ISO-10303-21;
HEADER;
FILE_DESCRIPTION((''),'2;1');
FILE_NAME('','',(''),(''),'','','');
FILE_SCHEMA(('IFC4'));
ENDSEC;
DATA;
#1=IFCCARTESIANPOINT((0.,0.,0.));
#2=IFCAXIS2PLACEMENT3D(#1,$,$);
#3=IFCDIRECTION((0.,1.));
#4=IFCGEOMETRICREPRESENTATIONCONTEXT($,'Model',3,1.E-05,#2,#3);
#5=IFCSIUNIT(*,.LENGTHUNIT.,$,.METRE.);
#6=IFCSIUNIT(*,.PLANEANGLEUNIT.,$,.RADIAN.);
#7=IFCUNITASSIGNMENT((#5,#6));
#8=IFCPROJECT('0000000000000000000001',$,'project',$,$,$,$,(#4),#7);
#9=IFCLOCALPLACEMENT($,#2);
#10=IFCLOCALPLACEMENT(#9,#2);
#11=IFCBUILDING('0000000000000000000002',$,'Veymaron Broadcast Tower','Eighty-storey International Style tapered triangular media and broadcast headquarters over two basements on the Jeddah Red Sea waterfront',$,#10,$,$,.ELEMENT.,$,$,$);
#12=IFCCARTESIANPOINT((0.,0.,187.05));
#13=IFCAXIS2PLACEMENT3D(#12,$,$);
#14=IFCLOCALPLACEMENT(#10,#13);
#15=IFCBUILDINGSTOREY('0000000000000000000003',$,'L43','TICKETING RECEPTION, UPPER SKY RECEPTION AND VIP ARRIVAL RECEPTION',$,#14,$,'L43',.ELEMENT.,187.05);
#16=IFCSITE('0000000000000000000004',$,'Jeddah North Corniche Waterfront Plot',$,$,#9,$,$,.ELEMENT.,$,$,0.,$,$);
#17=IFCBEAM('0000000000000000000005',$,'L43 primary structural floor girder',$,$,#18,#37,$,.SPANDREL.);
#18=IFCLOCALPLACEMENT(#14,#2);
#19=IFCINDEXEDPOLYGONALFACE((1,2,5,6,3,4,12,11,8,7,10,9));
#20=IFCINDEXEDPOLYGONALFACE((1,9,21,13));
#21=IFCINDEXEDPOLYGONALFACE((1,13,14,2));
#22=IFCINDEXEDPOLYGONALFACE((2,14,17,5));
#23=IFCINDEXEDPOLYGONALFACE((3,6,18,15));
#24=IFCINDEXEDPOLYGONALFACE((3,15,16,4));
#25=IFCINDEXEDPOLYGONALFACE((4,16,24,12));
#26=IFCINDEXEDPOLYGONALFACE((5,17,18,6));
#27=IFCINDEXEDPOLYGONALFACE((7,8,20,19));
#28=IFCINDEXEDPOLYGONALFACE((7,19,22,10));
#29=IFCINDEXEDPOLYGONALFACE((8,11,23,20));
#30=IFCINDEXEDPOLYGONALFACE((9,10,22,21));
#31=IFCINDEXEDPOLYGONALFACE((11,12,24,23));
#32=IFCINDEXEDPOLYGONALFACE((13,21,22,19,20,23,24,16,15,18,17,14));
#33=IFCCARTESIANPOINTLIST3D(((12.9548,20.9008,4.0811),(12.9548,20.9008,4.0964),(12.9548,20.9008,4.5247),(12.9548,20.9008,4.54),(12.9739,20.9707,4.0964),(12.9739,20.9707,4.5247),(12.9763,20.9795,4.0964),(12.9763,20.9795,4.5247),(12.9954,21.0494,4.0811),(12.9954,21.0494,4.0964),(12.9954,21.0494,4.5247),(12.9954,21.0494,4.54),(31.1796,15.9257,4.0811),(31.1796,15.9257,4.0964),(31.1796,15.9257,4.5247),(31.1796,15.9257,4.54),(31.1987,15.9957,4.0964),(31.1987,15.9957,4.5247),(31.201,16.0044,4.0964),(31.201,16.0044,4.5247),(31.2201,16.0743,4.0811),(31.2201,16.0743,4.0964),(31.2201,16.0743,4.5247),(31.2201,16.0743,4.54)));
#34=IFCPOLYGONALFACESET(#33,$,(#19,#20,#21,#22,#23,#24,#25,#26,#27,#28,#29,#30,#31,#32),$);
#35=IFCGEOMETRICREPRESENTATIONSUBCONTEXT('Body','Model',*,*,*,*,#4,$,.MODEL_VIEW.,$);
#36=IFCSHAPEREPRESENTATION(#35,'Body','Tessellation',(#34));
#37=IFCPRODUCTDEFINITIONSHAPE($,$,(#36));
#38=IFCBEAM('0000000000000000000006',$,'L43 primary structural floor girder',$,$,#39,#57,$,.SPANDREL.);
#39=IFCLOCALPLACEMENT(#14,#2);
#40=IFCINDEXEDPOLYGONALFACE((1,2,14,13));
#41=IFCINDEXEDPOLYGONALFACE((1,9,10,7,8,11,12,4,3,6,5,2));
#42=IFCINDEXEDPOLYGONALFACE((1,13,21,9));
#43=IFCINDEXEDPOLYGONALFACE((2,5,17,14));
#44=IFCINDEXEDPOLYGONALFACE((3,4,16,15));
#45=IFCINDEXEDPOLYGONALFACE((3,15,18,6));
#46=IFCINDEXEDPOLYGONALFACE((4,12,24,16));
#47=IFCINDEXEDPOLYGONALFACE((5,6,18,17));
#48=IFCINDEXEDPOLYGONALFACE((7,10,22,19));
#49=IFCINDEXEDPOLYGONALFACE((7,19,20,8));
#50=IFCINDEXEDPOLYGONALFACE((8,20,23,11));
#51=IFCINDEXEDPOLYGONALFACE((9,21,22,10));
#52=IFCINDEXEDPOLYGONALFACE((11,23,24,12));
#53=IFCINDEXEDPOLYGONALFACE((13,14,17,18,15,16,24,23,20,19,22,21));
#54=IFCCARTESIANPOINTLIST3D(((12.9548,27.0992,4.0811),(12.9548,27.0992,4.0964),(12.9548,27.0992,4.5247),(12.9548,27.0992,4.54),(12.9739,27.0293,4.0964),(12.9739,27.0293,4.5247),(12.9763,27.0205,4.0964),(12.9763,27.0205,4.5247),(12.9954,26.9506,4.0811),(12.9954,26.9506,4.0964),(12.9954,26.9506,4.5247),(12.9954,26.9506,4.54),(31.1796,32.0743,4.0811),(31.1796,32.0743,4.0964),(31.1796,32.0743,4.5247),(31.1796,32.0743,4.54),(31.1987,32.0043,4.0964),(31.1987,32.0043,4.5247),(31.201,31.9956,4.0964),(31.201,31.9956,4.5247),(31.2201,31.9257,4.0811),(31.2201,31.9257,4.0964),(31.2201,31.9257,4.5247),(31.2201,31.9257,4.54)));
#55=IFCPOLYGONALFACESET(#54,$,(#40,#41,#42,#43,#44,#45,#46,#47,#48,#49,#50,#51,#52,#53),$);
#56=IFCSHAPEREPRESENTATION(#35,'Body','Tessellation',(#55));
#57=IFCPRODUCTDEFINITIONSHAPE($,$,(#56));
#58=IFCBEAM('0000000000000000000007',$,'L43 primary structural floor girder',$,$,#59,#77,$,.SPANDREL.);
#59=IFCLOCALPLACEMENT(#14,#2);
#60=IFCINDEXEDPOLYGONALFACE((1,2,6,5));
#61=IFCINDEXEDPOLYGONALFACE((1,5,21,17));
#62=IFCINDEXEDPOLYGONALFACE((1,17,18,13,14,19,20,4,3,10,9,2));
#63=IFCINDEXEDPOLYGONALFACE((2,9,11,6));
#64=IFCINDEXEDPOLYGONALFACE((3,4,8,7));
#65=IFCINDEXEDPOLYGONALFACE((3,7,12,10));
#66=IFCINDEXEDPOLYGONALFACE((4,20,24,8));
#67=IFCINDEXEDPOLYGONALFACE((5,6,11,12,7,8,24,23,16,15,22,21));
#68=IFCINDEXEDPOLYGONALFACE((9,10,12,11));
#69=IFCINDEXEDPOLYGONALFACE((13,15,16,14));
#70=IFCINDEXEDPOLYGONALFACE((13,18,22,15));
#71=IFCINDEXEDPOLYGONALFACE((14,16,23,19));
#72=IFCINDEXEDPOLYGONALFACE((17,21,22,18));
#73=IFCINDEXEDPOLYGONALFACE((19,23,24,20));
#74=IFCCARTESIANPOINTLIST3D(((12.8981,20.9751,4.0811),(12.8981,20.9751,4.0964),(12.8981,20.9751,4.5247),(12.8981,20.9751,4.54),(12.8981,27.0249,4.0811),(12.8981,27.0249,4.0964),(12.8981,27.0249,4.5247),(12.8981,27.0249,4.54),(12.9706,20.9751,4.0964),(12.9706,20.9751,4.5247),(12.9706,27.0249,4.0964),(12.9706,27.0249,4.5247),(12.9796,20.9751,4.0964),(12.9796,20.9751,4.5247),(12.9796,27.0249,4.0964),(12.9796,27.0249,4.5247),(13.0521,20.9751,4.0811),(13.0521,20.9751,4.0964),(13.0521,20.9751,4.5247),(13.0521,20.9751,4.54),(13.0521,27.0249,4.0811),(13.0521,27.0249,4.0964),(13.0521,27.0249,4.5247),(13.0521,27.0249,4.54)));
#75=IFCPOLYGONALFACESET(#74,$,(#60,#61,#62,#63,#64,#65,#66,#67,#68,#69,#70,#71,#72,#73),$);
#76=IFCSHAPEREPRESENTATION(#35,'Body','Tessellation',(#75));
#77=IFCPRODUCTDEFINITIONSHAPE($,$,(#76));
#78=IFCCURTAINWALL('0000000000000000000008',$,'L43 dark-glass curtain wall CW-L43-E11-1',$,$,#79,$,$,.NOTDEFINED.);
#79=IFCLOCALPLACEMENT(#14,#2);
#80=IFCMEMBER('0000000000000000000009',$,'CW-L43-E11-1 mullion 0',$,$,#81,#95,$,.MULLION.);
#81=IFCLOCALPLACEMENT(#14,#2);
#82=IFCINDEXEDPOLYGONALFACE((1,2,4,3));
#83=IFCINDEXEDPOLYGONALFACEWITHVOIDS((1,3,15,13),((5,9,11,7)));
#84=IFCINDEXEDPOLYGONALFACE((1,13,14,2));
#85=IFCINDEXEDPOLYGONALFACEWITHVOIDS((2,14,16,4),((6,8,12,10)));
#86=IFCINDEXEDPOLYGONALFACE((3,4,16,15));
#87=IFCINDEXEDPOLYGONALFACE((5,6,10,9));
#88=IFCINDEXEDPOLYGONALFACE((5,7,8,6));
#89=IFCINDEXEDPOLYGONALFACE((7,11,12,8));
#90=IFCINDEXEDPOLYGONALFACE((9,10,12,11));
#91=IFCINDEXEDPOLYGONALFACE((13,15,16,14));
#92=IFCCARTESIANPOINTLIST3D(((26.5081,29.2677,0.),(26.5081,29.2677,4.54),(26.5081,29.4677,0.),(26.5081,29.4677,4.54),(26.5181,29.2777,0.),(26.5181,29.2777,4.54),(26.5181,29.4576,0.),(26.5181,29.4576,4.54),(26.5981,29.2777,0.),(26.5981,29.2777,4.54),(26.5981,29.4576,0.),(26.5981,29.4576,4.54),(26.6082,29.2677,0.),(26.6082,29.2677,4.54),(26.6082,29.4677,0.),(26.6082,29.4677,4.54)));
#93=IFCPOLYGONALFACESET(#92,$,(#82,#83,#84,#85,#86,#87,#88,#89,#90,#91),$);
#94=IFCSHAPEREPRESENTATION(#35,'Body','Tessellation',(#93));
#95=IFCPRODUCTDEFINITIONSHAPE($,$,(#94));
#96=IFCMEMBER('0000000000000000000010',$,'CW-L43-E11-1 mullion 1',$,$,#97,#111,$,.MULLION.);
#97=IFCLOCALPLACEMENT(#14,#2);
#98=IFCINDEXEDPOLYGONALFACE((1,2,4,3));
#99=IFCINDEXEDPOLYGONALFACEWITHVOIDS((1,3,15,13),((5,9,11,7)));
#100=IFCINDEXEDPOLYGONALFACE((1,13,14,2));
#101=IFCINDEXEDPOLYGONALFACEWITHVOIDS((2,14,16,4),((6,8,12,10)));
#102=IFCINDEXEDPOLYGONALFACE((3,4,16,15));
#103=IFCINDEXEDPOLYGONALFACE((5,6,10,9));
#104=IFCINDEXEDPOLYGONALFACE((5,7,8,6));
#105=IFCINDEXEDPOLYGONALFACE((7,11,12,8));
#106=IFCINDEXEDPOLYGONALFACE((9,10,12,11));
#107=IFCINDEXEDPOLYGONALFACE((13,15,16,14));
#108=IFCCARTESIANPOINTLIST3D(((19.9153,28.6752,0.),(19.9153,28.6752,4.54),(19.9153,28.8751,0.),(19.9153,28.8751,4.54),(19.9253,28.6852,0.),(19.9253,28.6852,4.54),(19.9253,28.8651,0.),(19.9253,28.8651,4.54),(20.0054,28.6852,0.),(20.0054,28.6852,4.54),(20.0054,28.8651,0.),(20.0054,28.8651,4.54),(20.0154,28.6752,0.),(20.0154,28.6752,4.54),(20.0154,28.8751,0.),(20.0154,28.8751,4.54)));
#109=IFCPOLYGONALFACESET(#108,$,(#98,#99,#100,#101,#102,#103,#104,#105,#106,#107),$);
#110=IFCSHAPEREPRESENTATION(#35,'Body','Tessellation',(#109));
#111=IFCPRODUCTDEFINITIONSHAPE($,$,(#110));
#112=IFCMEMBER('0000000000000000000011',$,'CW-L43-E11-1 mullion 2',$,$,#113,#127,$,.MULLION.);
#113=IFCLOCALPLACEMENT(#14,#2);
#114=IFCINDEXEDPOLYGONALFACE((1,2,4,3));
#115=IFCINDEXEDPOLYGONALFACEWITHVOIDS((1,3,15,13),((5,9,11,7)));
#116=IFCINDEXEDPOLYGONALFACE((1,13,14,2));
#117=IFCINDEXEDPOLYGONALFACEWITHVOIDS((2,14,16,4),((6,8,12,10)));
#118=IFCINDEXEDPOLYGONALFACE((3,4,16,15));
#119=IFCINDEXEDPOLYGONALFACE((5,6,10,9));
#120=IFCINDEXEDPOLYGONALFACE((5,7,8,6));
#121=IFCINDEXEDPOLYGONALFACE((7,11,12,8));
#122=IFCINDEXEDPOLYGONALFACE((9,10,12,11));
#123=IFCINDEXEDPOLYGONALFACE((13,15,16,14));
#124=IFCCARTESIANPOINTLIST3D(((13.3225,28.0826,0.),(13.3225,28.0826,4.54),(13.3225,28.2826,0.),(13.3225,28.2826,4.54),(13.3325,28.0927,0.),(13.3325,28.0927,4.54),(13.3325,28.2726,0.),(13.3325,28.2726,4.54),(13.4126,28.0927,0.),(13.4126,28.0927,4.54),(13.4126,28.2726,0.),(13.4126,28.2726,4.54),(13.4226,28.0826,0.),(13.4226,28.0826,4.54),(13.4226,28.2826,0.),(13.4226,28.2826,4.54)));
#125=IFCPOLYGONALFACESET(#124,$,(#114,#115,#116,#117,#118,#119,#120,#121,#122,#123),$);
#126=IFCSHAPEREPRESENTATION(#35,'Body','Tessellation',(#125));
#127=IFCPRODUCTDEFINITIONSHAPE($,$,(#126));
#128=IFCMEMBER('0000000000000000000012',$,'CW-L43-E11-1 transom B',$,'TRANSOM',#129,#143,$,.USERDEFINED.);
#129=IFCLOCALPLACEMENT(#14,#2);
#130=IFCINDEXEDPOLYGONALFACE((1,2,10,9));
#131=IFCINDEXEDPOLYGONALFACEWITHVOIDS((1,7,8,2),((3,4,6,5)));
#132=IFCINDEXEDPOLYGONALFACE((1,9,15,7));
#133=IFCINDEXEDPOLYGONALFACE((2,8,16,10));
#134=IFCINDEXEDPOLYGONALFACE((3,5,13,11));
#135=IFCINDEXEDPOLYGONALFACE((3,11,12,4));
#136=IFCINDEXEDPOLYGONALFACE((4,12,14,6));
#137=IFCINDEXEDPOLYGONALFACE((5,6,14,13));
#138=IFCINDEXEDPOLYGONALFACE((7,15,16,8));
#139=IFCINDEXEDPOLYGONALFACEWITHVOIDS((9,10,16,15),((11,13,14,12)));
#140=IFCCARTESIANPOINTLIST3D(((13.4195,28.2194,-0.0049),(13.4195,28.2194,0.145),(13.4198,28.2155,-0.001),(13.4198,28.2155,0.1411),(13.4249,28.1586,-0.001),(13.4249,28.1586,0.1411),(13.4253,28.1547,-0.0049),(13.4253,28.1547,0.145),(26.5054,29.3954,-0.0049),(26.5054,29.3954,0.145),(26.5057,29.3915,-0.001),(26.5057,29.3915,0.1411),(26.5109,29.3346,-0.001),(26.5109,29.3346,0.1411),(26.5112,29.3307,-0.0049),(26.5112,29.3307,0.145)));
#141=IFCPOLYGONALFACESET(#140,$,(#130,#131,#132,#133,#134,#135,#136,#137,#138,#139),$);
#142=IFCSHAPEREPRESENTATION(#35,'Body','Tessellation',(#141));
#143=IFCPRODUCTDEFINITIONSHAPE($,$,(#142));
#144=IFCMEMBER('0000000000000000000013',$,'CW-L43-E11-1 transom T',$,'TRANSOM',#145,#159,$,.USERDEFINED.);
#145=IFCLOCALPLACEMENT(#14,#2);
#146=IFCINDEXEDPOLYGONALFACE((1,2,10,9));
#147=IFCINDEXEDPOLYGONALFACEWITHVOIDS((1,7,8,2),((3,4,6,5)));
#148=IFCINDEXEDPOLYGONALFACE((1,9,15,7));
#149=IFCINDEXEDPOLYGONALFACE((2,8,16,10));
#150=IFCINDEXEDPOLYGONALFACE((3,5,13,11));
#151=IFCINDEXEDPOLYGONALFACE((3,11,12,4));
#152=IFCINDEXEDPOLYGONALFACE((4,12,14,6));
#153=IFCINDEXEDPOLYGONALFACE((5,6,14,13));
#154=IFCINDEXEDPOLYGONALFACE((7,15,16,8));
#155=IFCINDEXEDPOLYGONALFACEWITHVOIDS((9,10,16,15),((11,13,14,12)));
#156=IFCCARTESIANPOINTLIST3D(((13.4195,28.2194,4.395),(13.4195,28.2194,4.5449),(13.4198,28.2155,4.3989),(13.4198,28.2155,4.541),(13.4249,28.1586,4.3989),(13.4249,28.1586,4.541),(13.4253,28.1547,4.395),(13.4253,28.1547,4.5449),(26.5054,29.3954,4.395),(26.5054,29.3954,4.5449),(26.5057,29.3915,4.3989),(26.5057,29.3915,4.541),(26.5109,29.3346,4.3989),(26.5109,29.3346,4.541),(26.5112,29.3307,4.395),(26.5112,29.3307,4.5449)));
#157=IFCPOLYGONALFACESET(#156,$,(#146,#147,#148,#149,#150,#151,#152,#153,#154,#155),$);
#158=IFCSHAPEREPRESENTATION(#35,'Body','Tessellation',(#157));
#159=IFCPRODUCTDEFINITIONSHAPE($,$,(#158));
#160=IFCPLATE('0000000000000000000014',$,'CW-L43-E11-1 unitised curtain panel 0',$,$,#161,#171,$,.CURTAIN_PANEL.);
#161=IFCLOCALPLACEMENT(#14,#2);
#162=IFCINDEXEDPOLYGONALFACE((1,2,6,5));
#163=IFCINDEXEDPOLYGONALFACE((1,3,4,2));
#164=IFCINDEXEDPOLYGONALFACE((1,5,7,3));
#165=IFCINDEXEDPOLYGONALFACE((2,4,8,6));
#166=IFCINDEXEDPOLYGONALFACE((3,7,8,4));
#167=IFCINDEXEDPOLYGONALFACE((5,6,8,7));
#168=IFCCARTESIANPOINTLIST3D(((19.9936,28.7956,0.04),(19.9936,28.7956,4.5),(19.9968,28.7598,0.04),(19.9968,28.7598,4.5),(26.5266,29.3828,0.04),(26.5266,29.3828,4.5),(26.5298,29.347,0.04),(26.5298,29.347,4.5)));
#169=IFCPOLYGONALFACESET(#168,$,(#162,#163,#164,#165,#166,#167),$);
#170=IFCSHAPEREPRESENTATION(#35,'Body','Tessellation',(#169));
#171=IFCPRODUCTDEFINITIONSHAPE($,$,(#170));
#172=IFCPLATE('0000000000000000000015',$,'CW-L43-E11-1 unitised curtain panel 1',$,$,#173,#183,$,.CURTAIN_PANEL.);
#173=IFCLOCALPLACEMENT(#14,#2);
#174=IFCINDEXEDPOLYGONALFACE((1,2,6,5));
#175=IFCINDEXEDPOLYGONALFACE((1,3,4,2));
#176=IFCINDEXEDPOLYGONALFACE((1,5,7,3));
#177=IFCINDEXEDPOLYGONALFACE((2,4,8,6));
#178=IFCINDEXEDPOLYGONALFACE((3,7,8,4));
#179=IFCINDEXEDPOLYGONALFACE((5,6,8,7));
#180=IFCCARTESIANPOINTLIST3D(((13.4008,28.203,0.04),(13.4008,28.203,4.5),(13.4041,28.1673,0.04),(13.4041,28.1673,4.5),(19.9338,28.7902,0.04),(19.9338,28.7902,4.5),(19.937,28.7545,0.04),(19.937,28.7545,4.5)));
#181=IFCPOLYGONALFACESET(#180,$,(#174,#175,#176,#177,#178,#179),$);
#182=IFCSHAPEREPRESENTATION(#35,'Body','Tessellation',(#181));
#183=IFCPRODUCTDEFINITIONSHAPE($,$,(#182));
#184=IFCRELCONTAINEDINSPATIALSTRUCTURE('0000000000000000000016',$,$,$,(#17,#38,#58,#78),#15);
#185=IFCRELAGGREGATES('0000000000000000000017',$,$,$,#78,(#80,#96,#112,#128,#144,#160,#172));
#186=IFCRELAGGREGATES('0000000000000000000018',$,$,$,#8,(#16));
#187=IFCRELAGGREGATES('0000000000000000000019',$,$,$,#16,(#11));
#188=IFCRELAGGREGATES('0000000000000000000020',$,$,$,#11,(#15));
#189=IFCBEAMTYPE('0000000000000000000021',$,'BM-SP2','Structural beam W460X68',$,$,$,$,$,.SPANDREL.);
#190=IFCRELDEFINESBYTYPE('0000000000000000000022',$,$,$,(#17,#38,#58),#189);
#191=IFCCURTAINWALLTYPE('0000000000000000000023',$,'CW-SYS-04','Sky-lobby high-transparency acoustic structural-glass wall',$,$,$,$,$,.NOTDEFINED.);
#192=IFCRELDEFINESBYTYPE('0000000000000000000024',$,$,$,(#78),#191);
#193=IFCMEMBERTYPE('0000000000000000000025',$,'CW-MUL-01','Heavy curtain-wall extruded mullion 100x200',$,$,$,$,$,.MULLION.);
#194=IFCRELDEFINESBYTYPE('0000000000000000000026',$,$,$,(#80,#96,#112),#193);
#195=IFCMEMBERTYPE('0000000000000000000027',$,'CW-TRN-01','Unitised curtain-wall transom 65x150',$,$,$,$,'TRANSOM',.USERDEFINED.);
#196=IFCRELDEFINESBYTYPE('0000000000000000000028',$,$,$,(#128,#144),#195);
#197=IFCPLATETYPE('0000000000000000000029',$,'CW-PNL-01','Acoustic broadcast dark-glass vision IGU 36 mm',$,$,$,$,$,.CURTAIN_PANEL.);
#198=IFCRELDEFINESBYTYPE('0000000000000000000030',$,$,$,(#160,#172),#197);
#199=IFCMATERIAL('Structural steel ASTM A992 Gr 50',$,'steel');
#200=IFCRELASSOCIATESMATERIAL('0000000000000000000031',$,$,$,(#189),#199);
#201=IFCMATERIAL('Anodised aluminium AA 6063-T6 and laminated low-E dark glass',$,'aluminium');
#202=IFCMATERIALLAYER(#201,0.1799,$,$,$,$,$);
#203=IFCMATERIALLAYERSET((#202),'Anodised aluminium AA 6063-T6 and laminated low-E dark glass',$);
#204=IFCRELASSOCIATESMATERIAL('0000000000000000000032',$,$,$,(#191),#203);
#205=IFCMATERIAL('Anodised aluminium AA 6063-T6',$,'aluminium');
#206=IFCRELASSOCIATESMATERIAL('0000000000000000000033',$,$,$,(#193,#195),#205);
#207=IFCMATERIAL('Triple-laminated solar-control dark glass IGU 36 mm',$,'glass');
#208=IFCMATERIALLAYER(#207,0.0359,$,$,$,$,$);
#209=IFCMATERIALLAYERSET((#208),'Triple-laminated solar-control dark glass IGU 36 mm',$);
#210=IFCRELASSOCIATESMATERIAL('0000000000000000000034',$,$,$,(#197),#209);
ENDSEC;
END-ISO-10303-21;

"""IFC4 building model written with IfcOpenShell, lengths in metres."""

from ifc_helpers import new_model, si_unit, direction, frame, origin, origin_2d, place, context, subcontext, project, spatial, rectangle, hollow_rectangle, i_section, extrude, material, layer, layer_set, material_profile, profile_set, type_object, element, aggregate, save


model = new_model("IFC4")

# Units and contexts
model_context = context("Model", 3, precision=1e-05, world=origin(), true_north=direction((0.0, 1.0)))
body_context = subcontext(model_context, "Body", "Model", "MODEL_VIEW")
ifc_project = project(units=[si_unit("LENGTHUNIT", "METRE"), si_unit("PLANEANGLEUNIT", "RADIAN")], contexts=[model_context])

# Site, building, storey
site_placement = place(None, origin())
site = spatial("IfcSite", under=ifc_project, at=site_placement, Name="Jeddah North Corniche Waterfront Plot", CompositionType="ELEMENT", RefElevation=0.0)
building_placement = place(site_placement, origin())
building = spatial("IfcBuilding", under=site, at=building_placement, Name="Veymaron Broadcast Tower", Description="Eighty-storey International Style tapered triangular media and broadcast headquarters over two basements on the Jeddah Red Sea waterfront", CompositionType="ELEMENT")
storey_placement = place(building_placement, frame((0.0, 0.0, 187.05)))
storey = spatial("IfcBuildingStorey", under=building, at=storey_placement, Name="L43", Description="TICKETING RECEPTION, UPPER SKY RECEPTION AND VIP ARRIVAL RECEPTION", LongName="L43", CompositionType="ELEMENT", Elevation=187.05)

# Beams
ifc_material_1 = material(Name="Structural steel ASTM A992 Gr 50", Category="steel")
ifc_material_profile_1 = material_profile(ifc_material_1, i_section(OverallWidth=0.1541, OverallDepth=0.459, WebThickness=0.009, FlangeThickness=0.0154, at=origin_2d()), Name="W460X68")
ifc_profile_set_1 = profile_set([ifc_material_profile_1], Name="Structural steel ASTM A992 Gr 50")
beam_type_1 = type_object("IfcBeamType", Name="BM-SP2", Description="Structural beam W460X68", PredefinedType="SPANDREL", material=ifc_profile_set_1)
for number, where, z_axis, x_axis, name in (
    (1, (12.9751, 20.9751, 4.3105), (0.964701, -0.263348, 0.0), (0.263348, 0.964701, 0.0), "L43 primary structural floor girder"),
    (2, (12.9751, 27.0249, 4.3105), (0.964701, 0.263348, 0.0), (-0.263348, 0.964701, 0.0), "L43 primary structural floor girder"),
):
    element("IfcBeam", number, at=place(storey_placement, frame(where, z_axis=z_axis, x_axis=x_axis)), inside=storey, type_object=beam_type_1, Name=name, PredefinedType="SPANDREL", context=body_context, shape_type="SweptSolid", body=[
        extrude(i_section(OverallWidth=0.1541, OverallDepth=0.459, WebThickness=0.009, FlangeThickness=0.0154, at=origin_2d()), origin(), (0.0, 0.0, 1.0), 18.8916),
    ])
beam_1_placement = place(storey_placement, frame((12.9751, 20.9751, 4.3105), z_axis=(0.0, 1.0, 0.0), x_axis=(-1.0, 0.0, 0.0)))
element("IfcBeam", 3, at=beam_1_placement, inside=storey, type_object=beam_type_1, Name="L43 primary structural floor girder", PredefinedType="SPANDREL", context=body_context, shape_type="SweptSolid", body=[
    extrude(i_section(OverallWidth=0.1541, OverallDepth=0.459, WebThickness=0.009, FlangeThickness=0.0154, at=origin_2d()), origin(), (0.0, 0.0, 1.0), 6.0498),
])

# Curtain wall, members, plates
ifc_material_2 = material(Name="Anodised aluminium AA 6063-T6 and laminated low-E dark glass", Category="aluminium")
ifc_layer_1 = layer(ifc_material_2, 0.1799)
ifc_layer_set_1 = layer_set([ifc_layer_1], Name="Anodised aluminium AA 6063-T6 and laminated low-E dark glass")
curtain_wall_type = type_object("IfcCurtainWallType", Name="CW-SYS-04", Description="Sky-lobby high-transparency acoustic structural-glass wall", PredefinedType="NOTDEFINED", material=ifc_layer_set_1)
curtain_wall_placement = place(storey_placement, origin())
curtain_wall = element("IfcCurtainWall", 4, at=curtain_wall_placement, inside=storey, type_object=curtain_wall_type, Name="L43 dark-glass curtain wall CW-L43-E11-1", PredefinedType="NOTDEFINED")
ifc_material_3 = material(Name="Anodised aluminium AA 6063-T6", Category="aluminium")
ifc_material_profile_2 = material_profile(ifc_material_3, hollow_rectangle(XDim=0.1001, YDim=0.2, WallThickness=0.01, at=origin_2d()), Name="RHS200X100X10")
ifc_profile_set_2 = profile_set([ifc_material_profile_2], Name="Anodised aluminium AA 6063-T6")
member_type_1 = type_object("IfcMemberType", Name="CW-MUL-01", Description="Heavy curtain-wall extruded mullion 100x200", PredefinedType="MULLION", material=ifc_profile_set_2)
member_1_placement = place(storey_placement, frame((26.5581, 29.3677, 0.0), z_axis=(0.0, 0.0, 1.0), x_axis=(1.0, 0.0, 0.0)))
member_1 = element("IfcMember", 5, at=member_1_placement, type_object=member_type_1, Name="CW-L43-E11-1 mullion 0", PredefinedType="MULLION", context=body_context, shape_type="SweptSolid", body=[
    extrude(hollow_rectangle(XDim=0.1001, YDim=0.2, WallThickness=0.01, at=origin_2d()), origin(), (0.0, 0.0, 1.0), 4.54),
])
member_2_placement = place(storey_placement, frame((19.9653, 28.7751, 0.0), z_axis=(0.0, 0.0, 1.0), x_axis=(1.0, 0.0, 0.0)))
member_2 = element("IfcMember", 6, at=member_2_placement, type_object=member_type_1, Name="CW-L43-E11-1 mullion 1", PredefinedType="MULLION", context=body_context, shape_type="SweptSolid", body=[
    extrude(hollow_rectangle(XDim=0.1001, YDim=0.2, WallThickness=0.01, at=origin_2d()), origin(), (0.0, 0.0, 1.0), 4.54),
])
member_3_placement = place(storey_placement, frame((13.3726, 28.1826, 0.0), z_axis=(0.0, 0.0, 1.0), x_axis=(1.0, 0.0, 0.0)))
member_3 = element("IfcMember", 7, at=member_3_placement, type_object=member_type_1, Name="CW-L43-E11-1 mullion 2", PredefinedType="MULLION", context=body_context, shape_type="SweptSolid", body=[
    extrude(hollow_rectangle(XDim=0.1001, YDim=0.2, WallThickness=0.01, at=origin_2d()), origin(), (0.0, 0.0, 1.0), 4.54),
])
ifc_material_profile_3 = material_profile(ifc_material_3, hollow_rectangle(XDim=0.0649, YDim=0.1499, WallThickness=0.0039, at=origin_2d()), Name="AL150X65X4")
ifc_profile_set_3 = profile_set([ifc_material_profile_3], Name="Anodised aluminium AA 6063-T6")
member_type_2 = type_object("IfcMemberType", Name="CW-TRN-01", Description="Unitised curtain-wall transom 65x150", ElementType="TRANSOM", PredefinedType="USERDEFINED", material=ifc_profile_set_3)
member_4_placement = place(storey_placement, frame((26.5083, 29.363, 0.0701), z_axis=(-0.995986, -0.089509, 0.0), x_axis=(0.089509, -0.995986, 0.0)))
member_4 = element("IfcMember", 8, at=member_4_placement, type_object=member_type_2, Name="CW-L43-E11-1 transom B", ObjectType="TRANSOM", PredefinedType="USERDEFINED", context=body_context, shape_type="SweptSolid", body=[
    extrude(hollow_rectangle(XDim=0.0649, YDim=0.1499, WallThickness=0.0039, at=origin_2d()), origin(), (0.0, 0.0, 1.0), 13.1387),
])
member_5_placement = place(storey_placement, frame((26.5083, 29.363, 4.47), z_axis=(-0.995986, -0.089509, 0.0), x_axis=(0.089509, -0.995986, 0.0)))
member_5 = element("IfcMember", 9, at=member_5_placement, type_object=member_type_2, Name="CW-L43-E11-1 transom T", ObjectType="TRANSOM", PredefinedType="USERDEFINED", context=body_context, shape_type="SweptSolid", body=[
    extrude(hollow_rectangle(XDim=0.0649, YDim=0.1499, WallThickness=0.0039, at=origin_2d()), origin(), (0.0, 0.0, 1.0), 13.1387),
])
ifc_material_4 = material(Name="Triple-laminated solar-control dark glass IGU 36 mm", Category="glass")
ifc_layer_2 = layer(ifc_material_4, 0.0359)
ifc_layer_set_2 = layer_set([ifc_layer_2], Name="Triple-laminated solar-control dark glass IGU 36 mm")
plate_type = type_object("IfcPlateType", Name="CW-PNL-01", Description="Acoustic broadcast dark-glass vision IGU 36 mm", PredefinedType="CURTAIN_PANEL", material=ifc_layer_set_2)
plate_1_placement = place(storey_placement, frame((23.2617, 29.0713, 0.04), z_axis=(0.0, 0.0, 1.0), x_axis=(-0.995985, -0.08952, 0.0)))
plate_1 = element("IfcPlate", 10, at=plate_1_placement, type_object=plate_type, Name="CW-L43-E11-1 unitised curtain panel 0", PredefinedType="CURTAIN_PANEL", context=body_context, shape_type="SweptSolid", body=[
    extrude(rectangle(XDim=6.5593, YDim=0.0359, at=origin_2d()), origin(), (0.0, 0.0, 1.0), 4.46),
])
plate_2_placement = place(storey_placement, frame((16.6689, 28.4788, 0.04), z_axis=(0.0, 0.0, 1.0), x_axis=(-0.995985, -0.08952, 0.0)))
plate_2 = element("IfcPlate", 11, at=plate_2_placement, type_object=plate_type, Name="CW-L43-E11-1 unitised curtain panel 1", PredefinedType="CURTAIN_PANEL", context=body_context, shape_type="SweptSolid", body=[
    extrude(rectangle(XDim=6.5593, YDim=0.0359, at=origin_2d()), origin(), (0.0, 0.0, 1.0), 4.46),
])
aggregate(curtain_wall, [member_1, member_2, member_3, member_4, member_5, plate_1, plate_2])

save(model, "model.ifc")
